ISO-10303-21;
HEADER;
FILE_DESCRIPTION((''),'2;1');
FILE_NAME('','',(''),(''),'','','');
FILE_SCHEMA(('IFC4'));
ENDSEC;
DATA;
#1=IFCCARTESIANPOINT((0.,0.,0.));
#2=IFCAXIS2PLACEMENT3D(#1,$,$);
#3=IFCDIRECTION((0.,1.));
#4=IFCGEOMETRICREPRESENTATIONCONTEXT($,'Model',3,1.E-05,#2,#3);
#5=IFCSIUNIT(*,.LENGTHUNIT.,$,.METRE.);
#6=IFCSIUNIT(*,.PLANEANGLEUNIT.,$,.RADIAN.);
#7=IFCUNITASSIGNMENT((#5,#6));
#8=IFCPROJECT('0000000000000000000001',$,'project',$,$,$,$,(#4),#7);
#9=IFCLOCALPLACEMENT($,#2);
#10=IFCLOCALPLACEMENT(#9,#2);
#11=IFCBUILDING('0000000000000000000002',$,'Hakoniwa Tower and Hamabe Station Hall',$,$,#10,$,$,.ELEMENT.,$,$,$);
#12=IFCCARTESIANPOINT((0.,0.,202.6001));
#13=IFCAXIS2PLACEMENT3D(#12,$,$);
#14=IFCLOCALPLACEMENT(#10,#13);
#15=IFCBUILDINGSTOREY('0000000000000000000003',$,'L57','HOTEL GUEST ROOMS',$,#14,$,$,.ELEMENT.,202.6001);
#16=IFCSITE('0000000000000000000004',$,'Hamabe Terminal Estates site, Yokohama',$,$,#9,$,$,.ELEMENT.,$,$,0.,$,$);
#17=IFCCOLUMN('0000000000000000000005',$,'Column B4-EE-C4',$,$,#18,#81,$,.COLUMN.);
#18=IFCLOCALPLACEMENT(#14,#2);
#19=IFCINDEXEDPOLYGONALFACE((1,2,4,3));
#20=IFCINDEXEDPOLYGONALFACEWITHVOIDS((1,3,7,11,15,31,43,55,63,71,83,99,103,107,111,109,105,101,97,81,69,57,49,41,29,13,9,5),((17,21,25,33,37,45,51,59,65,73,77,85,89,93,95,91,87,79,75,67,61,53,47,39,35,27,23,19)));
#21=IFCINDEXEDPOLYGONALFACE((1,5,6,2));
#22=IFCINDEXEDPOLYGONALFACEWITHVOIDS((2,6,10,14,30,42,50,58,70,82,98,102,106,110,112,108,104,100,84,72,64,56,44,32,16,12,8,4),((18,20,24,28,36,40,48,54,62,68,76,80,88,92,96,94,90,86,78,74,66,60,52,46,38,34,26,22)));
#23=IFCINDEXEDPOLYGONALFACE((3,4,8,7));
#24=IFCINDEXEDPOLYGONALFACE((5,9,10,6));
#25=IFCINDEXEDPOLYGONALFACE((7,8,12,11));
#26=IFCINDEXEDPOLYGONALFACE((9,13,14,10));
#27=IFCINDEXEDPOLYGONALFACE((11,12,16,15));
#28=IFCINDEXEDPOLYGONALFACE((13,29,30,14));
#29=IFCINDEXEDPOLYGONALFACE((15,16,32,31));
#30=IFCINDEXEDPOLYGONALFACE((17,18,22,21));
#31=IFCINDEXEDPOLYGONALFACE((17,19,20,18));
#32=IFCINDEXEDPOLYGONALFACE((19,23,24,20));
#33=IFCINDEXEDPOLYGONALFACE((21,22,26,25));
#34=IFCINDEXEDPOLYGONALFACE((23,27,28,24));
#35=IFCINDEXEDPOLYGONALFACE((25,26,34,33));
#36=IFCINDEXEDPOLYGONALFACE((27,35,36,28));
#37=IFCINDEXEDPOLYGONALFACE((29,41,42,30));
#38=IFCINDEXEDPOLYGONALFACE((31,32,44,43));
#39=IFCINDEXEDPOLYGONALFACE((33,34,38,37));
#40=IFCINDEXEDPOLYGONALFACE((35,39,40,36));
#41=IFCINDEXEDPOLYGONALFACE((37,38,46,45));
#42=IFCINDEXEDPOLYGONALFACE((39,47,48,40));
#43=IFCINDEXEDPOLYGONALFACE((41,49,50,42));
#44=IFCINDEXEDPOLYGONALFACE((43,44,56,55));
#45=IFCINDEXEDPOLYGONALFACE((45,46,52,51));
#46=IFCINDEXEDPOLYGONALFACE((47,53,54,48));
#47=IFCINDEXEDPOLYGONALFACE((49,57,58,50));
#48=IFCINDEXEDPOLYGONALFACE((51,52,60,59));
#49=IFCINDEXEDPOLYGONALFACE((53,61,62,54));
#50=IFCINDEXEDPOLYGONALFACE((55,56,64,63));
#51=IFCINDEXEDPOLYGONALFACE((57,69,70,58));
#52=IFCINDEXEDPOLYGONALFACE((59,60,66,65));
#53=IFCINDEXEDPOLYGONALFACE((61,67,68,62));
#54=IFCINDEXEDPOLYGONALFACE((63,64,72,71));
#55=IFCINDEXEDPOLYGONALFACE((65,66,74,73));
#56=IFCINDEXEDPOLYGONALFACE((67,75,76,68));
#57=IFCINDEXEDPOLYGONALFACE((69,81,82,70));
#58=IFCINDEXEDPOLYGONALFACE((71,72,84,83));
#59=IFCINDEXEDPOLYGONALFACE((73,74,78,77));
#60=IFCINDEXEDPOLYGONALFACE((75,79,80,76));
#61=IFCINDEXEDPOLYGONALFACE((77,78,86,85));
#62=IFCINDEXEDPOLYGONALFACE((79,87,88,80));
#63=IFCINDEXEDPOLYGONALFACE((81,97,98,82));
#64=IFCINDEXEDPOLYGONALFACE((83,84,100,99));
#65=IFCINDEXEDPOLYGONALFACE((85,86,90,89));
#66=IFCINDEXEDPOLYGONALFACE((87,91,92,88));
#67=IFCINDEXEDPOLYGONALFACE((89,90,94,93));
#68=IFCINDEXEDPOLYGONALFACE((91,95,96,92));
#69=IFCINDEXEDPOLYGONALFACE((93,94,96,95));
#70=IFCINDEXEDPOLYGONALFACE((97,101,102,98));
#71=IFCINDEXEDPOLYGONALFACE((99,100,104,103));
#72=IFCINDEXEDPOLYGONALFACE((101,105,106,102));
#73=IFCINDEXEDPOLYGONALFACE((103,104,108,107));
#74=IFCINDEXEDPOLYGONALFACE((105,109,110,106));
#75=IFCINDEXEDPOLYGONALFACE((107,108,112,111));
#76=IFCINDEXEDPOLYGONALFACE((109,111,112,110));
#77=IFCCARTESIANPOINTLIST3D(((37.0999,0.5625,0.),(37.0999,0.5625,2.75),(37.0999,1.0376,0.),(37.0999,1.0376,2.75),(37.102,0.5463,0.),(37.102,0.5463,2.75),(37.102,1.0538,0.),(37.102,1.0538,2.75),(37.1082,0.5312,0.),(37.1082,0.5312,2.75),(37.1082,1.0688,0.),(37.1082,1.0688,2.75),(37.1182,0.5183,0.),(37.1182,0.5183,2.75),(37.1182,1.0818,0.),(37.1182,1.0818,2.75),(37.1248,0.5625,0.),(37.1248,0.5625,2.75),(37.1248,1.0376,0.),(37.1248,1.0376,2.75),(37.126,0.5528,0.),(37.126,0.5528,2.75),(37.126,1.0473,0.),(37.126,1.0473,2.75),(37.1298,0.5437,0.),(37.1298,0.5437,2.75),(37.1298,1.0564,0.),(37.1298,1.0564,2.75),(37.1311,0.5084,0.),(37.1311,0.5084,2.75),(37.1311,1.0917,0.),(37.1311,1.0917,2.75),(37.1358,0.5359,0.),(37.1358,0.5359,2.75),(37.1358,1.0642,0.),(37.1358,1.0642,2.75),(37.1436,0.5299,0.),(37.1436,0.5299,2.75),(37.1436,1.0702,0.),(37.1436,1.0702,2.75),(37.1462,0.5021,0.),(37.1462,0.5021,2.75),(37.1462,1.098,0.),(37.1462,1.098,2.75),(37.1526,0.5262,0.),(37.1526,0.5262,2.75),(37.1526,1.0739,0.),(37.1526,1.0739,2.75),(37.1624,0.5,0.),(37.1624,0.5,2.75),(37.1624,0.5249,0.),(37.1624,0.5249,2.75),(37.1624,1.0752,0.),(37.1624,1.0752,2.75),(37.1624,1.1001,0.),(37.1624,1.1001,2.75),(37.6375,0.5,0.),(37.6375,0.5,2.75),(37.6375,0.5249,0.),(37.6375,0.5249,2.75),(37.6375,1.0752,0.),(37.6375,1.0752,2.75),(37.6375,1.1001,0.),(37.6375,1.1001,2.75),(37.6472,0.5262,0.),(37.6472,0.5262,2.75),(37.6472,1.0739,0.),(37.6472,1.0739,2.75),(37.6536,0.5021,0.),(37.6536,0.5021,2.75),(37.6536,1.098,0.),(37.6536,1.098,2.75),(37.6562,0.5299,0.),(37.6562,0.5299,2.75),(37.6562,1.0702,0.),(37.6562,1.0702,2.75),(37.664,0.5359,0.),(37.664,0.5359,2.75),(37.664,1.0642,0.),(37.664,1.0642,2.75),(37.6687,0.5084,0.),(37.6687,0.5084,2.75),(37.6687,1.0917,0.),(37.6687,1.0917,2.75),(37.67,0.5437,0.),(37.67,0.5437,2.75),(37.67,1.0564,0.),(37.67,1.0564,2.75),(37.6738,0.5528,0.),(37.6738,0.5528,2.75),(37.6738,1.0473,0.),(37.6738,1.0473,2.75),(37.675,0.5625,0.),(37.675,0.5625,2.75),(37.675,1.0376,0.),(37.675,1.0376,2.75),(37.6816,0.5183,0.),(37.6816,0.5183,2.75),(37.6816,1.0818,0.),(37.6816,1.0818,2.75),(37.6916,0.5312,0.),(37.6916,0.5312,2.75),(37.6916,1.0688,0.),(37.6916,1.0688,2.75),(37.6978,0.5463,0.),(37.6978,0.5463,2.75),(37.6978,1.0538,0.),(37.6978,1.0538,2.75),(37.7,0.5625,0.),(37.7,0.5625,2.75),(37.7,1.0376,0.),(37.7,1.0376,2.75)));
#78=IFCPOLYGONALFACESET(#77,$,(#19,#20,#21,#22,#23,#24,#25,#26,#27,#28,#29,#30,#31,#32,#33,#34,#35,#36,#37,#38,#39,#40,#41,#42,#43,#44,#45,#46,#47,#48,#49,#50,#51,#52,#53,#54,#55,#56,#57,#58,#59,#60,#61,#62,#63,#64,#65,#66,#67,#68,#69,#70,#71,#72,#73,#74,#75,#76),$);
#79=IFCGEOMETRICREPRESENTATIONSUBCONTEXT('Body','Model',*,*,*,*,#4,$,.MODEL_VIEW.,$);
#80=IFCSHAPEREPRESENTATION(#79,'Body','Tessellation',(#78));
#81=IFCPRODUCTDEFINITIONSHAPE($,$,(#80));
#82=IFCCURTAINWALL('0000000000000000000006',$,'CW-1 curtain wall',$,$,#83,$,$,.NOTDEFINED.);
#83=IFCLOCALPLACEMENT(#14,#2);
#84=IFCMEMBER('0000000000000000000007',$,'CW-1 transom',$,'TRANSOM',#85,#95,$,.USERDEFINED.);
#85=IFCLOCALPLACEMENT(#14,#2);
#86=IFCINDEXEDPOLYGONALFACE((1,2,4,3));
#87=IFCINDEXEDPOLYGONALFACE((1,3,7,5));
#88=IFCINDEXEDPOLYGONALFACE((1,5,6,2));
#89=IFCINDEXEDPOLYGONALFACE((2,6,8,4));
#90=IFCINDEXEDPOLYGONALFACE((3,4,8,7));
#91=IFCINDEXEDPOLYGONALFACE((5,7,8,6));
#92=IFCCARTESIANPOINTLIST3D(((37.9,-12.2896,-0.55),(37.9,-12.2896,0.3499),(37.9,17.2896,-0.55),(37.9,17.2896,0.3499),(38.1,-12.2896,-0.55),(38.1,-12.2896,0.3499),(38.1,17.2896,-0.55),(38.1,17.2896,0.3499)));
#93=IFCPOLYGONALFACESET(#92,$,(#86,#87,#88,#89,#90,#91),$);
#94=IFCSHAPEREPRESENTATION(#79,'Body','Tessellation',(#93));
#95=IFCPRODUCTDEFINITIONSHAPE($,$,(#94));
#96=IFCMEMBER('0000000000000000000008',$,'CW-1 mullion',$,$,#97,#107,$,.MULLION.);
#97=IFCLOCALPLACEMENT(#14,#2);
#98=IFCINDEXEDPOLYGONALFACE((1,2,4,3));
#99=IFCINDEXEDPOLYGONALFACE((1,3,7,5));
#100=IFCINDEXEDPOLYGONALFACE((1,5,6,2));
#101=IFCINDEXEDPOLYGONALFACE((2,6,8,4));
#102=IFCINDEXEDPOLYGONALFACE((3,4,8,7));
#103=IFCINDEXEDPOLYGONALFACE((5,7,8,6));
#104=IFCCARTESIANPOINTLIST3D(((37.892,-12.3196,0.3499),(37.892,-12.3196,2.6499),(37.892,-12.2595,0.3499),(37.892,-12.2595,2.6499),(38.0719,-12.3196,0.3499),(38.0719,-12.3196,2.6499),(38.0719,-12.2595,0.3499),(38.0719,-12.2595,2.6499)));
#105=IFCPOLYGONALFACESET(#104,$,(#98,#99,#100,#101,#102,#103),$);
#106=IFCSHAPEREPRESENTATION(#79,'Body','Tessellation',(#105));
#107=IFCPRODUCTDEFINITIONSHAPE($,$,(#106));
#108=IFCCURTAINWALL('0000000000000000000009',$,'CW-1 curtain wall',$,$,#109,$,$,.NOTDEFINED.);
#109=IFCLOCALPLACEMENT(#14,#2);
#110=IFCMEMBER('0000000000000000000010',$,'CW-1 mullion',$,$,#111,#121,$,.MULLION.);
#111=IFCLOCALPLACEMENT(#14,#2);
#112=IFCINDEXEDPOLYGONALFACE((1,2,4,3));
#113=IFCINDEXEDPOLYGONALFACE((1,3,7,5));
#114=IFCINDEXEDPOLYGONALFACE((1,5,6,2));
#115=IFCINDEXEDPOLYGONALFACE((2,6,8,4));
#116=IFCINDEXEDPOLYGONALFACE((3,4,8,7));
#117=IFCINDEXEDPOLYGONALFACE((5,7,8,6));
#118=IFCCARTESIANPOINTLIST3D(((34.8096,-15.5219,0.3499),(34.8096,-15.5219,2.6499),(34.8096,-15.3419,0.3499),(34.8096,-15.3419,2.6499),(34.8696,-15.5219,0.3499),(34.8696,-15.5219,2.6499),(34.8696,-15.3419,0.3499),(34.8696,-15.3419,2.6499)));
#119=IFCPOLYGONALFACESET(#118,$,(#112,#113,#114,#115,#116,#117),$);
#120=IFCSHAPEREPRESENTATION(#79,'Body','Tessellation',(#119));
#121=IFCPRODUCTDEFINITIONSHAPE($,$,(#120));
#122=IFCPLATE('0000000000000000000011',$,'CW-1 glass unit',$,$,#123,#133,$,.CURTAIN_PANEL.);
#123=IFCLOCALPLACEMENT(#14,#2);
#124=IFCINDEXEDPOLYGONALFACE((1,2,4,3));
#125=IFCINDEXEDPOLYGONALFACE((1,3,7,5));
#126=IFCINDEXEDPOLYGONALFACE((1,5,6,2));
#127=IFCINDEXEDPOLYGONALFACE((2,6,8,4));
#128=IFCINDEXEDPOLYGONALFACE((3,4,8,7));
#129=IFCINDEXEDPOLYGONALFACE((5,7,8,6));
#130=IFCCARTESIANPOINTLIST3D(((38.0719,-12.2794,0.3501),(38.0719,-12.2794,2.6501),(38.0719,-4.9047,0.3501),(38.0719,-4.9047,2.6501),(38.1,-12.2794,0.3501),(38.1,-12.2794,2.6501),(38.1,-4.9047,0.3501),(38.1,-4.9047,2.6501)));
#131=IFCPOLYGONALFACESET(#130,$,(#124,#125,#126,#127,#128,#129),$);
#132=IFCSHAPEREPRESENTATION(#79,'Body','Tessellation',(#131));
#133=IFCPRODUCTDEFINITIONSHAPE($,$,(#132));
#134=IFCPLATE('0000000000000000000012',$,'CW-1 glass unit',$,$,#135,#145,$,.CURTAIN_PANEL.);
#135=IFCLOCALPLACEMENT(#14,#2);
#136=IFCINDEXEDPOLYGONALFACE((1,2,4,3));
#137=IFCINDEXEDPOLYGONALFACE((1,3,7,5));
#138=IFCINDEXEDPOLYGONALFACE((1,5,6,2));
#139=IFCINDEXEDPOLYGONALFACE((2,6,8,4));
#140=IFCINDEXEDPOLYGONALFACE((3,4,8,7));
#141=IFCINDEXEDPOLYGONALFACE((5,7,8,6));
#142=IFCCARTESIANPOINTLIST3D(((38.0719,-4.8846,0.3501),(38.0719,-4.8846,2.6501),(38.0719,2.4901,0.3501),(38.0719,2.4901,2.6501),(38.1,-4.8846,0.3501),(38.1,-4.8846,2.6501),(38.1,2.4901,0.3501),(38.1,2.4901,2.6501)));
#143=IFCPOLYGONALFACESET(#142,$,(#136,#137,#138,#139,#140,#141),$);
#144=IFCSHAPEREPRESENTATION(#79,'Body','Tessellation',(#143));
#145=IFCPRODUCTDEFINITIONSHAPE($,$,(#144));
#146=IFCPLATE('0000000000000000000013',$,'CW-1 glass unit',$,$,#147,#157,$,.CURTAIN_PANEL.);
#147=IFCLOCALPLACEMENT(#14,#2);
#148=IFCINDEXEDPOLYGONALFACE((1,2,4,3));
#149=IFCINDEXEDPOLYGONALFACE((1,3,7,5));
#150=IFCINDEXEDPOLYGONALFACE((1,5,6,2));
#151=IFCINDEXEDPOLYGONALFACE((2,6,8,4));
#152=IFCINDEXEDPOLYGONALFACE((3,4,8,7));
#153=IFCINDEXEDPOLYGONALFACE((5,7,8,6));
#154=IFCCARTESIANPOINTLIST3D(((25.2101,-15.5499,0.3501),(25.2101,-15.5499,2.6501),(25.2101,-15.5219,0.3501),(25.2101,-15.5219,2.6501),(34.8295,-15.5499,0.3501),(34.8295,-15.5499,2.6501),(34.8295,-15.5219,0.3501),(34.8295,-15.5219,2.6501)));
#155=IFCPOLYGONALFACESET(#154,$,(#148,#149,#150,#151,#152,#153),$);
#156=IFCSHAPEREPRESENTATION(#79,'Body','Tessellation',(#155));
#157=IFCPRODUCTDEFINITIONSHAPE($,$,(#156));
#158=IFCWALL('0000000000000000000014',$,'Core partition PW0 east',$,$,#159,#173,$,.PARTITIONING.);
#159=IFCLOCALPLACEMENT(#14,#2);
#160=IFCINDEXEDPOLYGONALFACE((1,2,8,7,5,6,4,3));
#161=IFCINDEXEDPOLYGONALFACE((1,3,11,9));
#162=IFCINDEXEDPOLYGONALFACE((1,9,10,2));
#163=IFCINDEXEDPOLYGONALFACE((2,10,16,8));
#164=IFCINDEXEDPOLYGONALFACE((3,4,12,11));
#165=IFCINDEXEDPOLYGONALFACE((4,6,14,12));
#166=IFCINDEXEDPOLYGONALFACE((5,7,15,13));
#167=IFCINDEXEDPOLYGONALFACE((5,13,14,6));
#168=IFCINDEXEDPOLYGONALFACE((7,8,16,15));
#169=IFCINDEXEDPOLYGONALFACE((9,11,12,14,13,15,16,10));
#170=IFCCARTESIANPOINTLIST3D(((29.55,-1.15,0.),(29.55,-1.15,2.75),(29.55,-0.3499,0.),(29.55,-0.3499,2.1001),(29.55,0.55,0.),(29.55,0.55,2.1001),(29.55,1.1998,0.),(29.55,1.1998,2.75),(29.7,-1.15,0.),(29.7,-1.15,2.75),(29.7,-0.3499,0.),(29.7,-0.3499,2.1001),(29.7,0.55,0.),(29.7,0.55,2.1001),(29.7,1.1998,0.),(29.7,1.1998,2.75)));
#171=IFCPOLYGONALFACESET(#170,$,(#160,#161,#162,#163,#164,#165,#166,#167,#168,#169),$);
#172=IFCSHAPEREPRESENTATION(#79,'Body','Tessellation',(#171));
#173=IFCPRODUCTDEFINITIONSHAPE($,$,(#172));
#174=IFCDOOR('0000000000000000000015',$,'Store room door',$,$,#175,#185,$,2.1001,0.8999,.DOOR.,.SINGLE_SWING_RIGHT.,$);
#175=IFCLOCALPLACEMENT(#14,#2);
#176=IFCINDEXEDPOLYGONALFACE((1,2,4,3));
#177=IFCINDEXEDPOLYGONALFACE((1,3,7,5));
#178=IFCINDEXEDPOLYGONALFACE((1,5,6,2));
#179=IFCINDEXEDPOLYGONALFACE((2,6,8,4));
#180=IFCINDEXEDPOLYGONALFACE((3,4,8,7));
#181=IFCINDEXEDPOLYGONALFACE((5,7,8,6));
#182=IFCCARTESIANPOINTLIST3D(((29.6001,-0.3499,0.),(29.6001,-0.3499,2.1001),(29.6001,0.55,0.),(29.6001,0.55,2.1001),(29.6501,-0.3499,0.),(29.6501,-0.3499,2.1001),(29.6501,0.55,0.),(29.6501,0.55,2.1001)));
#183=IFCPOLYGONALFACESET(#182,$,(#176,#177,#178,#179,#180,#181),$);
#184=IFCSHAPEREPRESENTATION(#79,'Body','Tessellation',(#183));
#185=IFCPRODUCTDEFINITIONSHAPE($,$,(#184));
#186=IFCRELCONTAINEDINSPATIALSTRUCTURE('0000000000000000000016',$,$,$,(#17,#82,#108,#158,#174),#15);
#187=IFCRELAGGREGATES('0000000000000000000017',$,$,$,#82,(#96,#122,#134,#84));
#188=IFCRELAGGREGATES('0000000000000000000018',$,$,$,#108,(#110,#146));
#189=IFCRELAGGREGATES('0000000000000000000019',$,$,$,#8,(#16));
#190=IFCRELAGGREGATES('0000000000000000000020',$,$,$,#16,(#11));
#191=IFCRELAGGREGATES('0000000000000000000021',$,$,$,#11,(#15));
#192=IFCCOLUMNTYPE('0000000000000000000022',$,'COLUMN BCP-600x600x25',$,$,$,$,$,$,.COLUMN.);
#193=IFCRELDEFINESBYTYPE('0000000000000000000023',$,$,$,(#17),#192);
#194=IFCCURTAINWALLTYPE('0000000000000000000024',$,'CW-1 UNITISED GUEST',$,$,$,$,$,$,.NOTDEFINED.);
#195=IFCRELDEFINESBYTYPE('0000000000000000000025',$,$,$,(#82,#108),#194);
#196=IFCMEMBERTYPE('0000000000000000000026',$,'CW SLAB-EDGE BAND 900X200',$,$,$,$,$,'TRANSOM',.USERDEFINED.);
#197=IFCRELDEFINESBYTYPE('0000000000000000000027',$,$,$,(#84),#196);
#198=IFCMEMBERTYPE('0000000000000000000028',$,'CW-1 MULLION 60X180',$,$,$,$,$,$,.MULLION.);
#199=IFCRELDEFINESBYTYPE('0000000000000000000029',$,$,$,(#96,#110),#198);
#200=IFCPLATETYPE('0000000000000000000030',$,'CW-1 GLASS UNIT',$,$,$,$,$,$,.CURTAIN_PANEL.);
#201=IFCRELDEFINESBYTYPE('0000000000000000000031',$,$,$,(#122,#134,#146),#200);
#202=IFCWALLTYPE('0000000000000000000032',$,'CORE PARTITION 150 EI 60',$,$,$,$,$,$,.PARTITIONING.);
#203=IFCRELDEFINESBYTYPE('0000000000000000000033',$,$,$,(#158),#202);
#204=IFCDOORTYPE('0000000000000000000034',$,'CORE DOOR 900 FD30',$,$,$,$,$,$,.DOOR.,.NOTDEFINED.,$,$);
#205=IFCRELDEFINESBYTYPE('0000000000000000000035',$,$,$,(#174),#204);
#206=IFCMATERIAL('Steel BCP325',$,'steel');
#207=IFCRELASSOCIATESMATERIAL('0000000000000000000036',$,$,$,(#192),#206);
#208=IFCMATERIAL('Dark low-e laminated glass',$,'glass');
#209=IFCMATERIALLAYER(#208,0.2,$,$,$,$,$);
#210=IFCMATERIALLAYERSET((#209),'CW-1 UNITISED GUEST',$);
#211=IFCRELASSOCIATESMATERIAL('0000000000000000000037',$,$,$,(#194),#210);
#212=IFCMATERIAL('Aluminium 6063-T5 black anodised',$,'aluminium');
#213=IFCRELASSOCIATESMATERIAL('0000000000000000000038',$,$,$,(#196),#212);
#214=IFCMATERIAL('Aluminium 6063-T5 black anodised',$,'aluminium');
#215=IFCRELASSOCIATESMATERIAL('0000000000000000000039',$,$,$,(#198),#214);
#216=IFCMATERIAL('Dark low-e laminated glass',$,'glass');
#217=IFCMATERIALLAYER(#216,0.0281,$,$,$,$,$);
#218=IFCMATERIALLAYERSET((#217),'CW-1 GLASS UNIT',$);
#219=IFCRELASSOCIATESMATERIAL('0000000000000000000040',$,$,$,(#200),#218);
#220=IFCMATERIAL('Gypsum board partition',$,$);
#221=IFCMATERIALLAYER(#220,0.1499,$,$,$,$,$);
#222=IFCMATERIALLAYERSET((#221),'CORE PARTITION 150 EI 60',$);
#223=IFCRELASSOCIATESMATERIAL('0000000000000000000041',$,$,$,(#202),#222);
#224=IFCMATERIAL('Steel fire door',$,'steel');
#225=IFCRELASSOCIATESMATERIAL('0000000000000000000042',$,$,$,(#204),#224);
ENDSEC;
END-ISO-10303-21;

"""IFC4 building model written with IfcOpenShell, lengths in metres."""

from ifc_helpers import new_model, si_unit, direction, frame, frame_2d, origin, origin_2d, place, context, subcontext, project, spatial, rectangle, hollow_rectangle, extrude, material, layer, layer_set, material_profile, profile_set, type_object, element, fill, aggregate, save


model = new_model("IFC4")

# Units and contexts
model_context = context("Model", 3, precision=1e-05, world=origin(), true_north=direction((0.0, 1.0)))
body_context = subcontext(model_context, "Body", "Model", "MODEL_VIEW")
ifc_project = project(units=[si_unit("LENGTHUNIT", "METRE"), si_unit("PLANEANGLEUNIT", "RADIAN")], contexts=[model_context])

# Site, building, storey
site_placement = place(None, origin())
site = spatial("IfcSite", under=ifc_project, at=site_placement, Name="Hamabe Terminal Estates site, Yokohama", CompositionType="ELEMENT", RefElevation=0.0)
building_placement = place(site_placement, origin())
building = spatial("IfcBuilding", under=site, at=building_placement, Name="Hakoniwa Tower and Hamabe Station Hall", CompositionType="ELEMENT")
storey_placement = place(building_placement, frame((0.0, 0.0, 202.6001)))
storey = spatial("IfcBuildingStorey", under=building, at=storey_placement, Name="L57", Description="HOTEL GUEST ROOMS", CompositionType="ELEMENT", Elevation=202.6001)

# Column
ifc_material_1 = material(Name="Steel BCP325", Category="steel")
ifc_material_profile_1 = material_profile(ifc_material_1, hollow_rectangle(XDim=0.6001, YDim=0.6001, WallThickness=0.0249, InnerFilletRadius=0.0376, OuterFilletRadius=0.0625, at=origin_2d()), Name="BCP-600x600x25")
ifc_profile_set_1 = profile_set([ifc_material_profile_1], Name="Steel BCP325")
column_type = type_object("IfcColumnType", Name="COLUMN BCP-600x600x25", PredefinedType="COLUMN", material=ifc_profile_set_1)
for number, where, z_axis, x_axis, name in (
    (1, (37.3999, 0.8, 0.0), (0.0, 0.0, 1.0), (1.0, 0.0, 0.0), "Column B4-EE-C4"),
):
    element("IfcColumn", number, at=place(storey_placement, frame(where, z_axis=z_axis, x_axis=x_axis)), inside=storey, type_object=column_type, Name=name, PredefinedType="COLUMN", context=body_context, shape_type="SweptSolid", body=[
        extrude(hollow_rectangle(XDim=0.6001, YDim=0.6001, WallThickness=0.0249, InnerFilletRadius=0.0376, OuterFilletRadius=0.0625, at=origin_2d()), origin(), (0.0, 0.0, 1.0), 2.75),
    ])

# Curtain wall, members
ifc_material_2 = material(Name="Dark low-e laminated glass", Category="glass")
ifc_layer_1 = layer(ifc_material_2, 0.2)
ifc_layer_set_1 = layer_set([ifc_layer_1], Name="CW-1 UNITISED GUEST")
curtain_wall_type = type_object("IfcCurtainWallType", Name="CW-1 UNITISED GUEST", PredefinedType="NOTDEFINED", material=ifc_layer_set_1)
curtain_wall_1_placement = place(storey_placement, origin())
curtain_wall_1 = element("IfcCurtainWall", 2, at=curtain_wall_1_placement, inside=storey, type_object=curtain_wall_type, Name="CW-1 curtain wall", PredefinedType="NOTDEFINED")
ifc_material_3 = material(Name="Aluminium 6063-T5 black anodised", Category="aluminium")
ifc_material_profile_2 = material_profile(ifc_material_3, rectangle(XDim=0.2, YDim=0.8999, at=origin_2d()), Name="CW SLAB-EDGE BAND 900X200")
ifc_profile_set_2 = profile_set([ifc_material_profile_2], Name="Aluminium 6063-T5 black anodised")
member_type_1 = type_object("IfcMemberType", Name="CW SLAB-EDGE BAND 900X200", ElementType="TRANSOM", PredefinedType="USERDEFINED", material=ifc_profile_set_2)
member_1_placement = place(storey_placement, frame((38.0, -12.2896, -0.1001), z_axis=(0.0, 1.0, 0.0), x_axis=(-1.0, 0.0, 0.0)))
member_1 = element("IfcMember", 3, at=member_1_placement, type_object=member_type_1, Name="CW-1 transom", ObjectType="TRANSOM", PredefinedType="USERDEFINED", context=body_context, shape_type="SweptSolid", body=[
    extrude(rectangle(XDim=0.2, YDim=0.8999, at=origin_2d()), origin(), (0.0, 0.0, 1.0), 29.5791),
])
ifc_material_4 = material(Name="Aluminium 6063-T5 black anodised", Category="aluminium")
ifc_material_profile_3 = material_profile(ifc_material_4, rectangle(XDim=0.0601, YDim=0.1799, at=origin_2d()), Name="CW-1 MULLION 60X180")
ifc_profile_set_3 = profile_set([ifc_material_profile_3], Name="Aluminium 6063-T5 black anodised")
member_type_2 = type_object("IfcMemberType", Name="CW-1 MULLION 60X180", PredefinedType="MULLION", material=ifc_profile_set_3)
member_2_placement = place(storey_placement, frame((37.9819, -12.2896, 0.3499), z_axis=(0.0, 0.0, 1.0), x_axis=(0.0, 1.0, 0.0)))
member_2 = element("IfcMember", 4, at=member_2_placement, type_object=member_type_2, Name="CW-1 mullion", PredefinedType="MULLION", context=body_context, shape_type="SweptSolid", body=[
    extrude(rectangle(XDim=0.0601, YDim=0.1799, at=origin_2d()), origin(), (0.0, 0.0, 1.0), 2.3),
])

# Curtain wall, member
curtain_wall_2_placement = place(storey_placement, origin())
curtain_wall_2 = element("IfcCurtainWall", 5, at=curtain_wall_2_placement, inside=storey, type_object=curtain_wall_type, Name="CW-1 curtain wall", PredefinedType="NOTDEFINED")
member_3_placement = place(storey_placement, frame((34.8396, -15.4319, 0.3499), z_axis=(0.0, 0.0, 1.0), x_axis=(1.0, 0.0, 0.0)))
member_3 = element("IfcMember", 6, at=member_3_placement, type_object=member_type_2, Name="CW-1 mullion", PredefinedType="MULLION", context=body_context, shape_type="SweptSolid", body=[
    extrude(rectangle(XDim=0.0601, YDim=0.1799, at=origin_2d()), origin(), (0.0, 0.0, 1.0), 2.3),
])

# Plates
ifc_material_5 = material(Name="Dark low-e laminated glass", Category="glass")
ifc_layer_2 = layer(ifc_material_5, 0.0281)
ifc_layer_set_2 = layer_set([ifc_layer_2], Name="CW-1 GLASS UNIT")
plate_type = type_object("IfcPlateType", Name="CW-1 GLASS UNIT", PredefinedType="CURTAIN_PANEL", material=ifc_layer_set_2)
plate_1_placement = place(storey_placement, frame((38.0859, -8.592, 0.3501), z_axis=(0.0, 0.0, 1.0), x_axis=(0.0, 1.0, 0.0)))
plate_1 = element("IfcPlate", 7, at=plate_1_placement, type_object=plate_type, Name="CW-1 glass unit", PredefinedType="CURTAIN_PANEL", context=body_context, shape_type="SweptSolid", body=[
    extrude(rectangle(XDim=7.3748, YDim=0.0281, at=origin_2d()), origin(), (0.0, 0.0, 1.0), 2.3),
])
plate_2_placement = place(storey_placement, frame((38.0859, -1.1973, 0.3501), z_axis=(0.0, 0.0, 1.0), x_axis=(0.0, 1.0, 0.0)))
plate_2 = element("IfcPlate", 8, at=plate_2_placement, type_object=plate_type, Name="CW-1 glass unit", PredefinedType="CURTAIN_PANEL", context=body_context, shape_type="SweptSolid", body=[
    extrude(rectangle(XDim=7.3748, YDim=0.0281, at=origin_2d()), origin(), (0.0, 0.0, 1.0), 2.3),
])
aggregate(curtain_wall_1, [member_2, plate_1, plate_2, member_1])
plate_3_placement = place(storey_placement, frame((30.0198, -15.5359, 0.3501), z_axis=(0.0, 0.0, 1.0), x_axis=(1.0, 0.0, 0.0)))
plate_3 = element("IfcPlate", 9, at=plate_3_placement, type_object=plate_type, Name="CW-1 glass unit", PredefinedType="CURTAIN_PANEL", context=body_context, shape_type="SweptSolid", body=[
    extrude(rectangle(XDim=9.6194, YDim=0.0281, at=origin_2d()), origin(), (0.0, 0.0, 1.0), 2.3),
])
aggregate(curtain_wall_2, [member_3, plate_3])

# Wall, opening, door
ifc_material_6 = material(Name="Gypsum board partition")
ifc_layer_3 = layer(ifc_material_6, 0.1499)
ifc_layer_set_3 = layer_set([ifc_layer_3], Name="CORE PARTITION 150 EI 60")
wall_type_1 = type_object("IfcWallType", Name="CORE PARTITION 150 EI 60", PredefinedType="PARTITIONING", material=ifc_layer_set_3)
wall_1_placement = place(storey_placement, frame((29.625, -1.1499, 0.0), z_axis=(0.0, 0.0, 1.0), x_axis=(0.0, 1.0, 0.0)))
wall_1 = element("IfcWall", 10, at=wall_1_placement, inside=storey, type_object=wall_type_1, Name="Core partition PW0 east", PredefinedType="PARTITIONING", context=body_context, shape_type="SweptSolid", body=[
    extrude(rectangle(XDim=2.3499, YDim=0.1499, at=frame_2d((1.1748, 0.0))), origin(), (0.0, 0.0, 1.0), 2.75),
])
opening_1_placement = place(wall_1_placement, frame((0.8, 0.0, 0.0)))
opening_1 = element("IfcOpeningElement", 11, at=opening_1_placement, cuts=wall_1, PredefinedType="OPENING", context=body_context, shape_type="SweptSolid", body=[
    extrude(rectangle(XDim=0.8999, YDim=2.1001, at=frame_2d((0.45, 1.05))), frame((0.0, 0.085, 0.0), z_axis=(0.0, -1.0, 0.0), x_axis=(1.0, 0.0, 0.0)), (0.0, 0.0, 1.0), 0.1699),
])
ifc_material_7 = material(Name="Steel fire door", Category="steel")
door_type_1 = type_object("IfcDoorType", Name="CORE DOOR 900 FD30", OperationType="NOTDEFINED", PredefinedType="DOOR", material=ifc_material_7)
door_1_placement = place(opening_1_placement, origin())
door_1 = element("IfcDoor", 12, at=door_1_placement, inside=storey, type_object=door_type_1, Name="Store room door", OperationType="SINGLE_SWING_RIGHT", OverallHeight=2.1001, OverallWidth=0.8999, PredefinedType="DOOR", context=body_context, shape_type="SweptSolid", body=[
    extrude(rectangle(XDim=0.8999, YDim=2.1001, at=frame_2d((0.45, 1.05))), frame((0.0, 0.0249, 0.0), z_axis=(0.0, -1.0, 0.0), x_axis=(1.0, 0.0, 0.0)), (0.0, 0.0, 1.0), 0.05),
])
fill(opening_1, door_1)

save(model, "model.ifc")
